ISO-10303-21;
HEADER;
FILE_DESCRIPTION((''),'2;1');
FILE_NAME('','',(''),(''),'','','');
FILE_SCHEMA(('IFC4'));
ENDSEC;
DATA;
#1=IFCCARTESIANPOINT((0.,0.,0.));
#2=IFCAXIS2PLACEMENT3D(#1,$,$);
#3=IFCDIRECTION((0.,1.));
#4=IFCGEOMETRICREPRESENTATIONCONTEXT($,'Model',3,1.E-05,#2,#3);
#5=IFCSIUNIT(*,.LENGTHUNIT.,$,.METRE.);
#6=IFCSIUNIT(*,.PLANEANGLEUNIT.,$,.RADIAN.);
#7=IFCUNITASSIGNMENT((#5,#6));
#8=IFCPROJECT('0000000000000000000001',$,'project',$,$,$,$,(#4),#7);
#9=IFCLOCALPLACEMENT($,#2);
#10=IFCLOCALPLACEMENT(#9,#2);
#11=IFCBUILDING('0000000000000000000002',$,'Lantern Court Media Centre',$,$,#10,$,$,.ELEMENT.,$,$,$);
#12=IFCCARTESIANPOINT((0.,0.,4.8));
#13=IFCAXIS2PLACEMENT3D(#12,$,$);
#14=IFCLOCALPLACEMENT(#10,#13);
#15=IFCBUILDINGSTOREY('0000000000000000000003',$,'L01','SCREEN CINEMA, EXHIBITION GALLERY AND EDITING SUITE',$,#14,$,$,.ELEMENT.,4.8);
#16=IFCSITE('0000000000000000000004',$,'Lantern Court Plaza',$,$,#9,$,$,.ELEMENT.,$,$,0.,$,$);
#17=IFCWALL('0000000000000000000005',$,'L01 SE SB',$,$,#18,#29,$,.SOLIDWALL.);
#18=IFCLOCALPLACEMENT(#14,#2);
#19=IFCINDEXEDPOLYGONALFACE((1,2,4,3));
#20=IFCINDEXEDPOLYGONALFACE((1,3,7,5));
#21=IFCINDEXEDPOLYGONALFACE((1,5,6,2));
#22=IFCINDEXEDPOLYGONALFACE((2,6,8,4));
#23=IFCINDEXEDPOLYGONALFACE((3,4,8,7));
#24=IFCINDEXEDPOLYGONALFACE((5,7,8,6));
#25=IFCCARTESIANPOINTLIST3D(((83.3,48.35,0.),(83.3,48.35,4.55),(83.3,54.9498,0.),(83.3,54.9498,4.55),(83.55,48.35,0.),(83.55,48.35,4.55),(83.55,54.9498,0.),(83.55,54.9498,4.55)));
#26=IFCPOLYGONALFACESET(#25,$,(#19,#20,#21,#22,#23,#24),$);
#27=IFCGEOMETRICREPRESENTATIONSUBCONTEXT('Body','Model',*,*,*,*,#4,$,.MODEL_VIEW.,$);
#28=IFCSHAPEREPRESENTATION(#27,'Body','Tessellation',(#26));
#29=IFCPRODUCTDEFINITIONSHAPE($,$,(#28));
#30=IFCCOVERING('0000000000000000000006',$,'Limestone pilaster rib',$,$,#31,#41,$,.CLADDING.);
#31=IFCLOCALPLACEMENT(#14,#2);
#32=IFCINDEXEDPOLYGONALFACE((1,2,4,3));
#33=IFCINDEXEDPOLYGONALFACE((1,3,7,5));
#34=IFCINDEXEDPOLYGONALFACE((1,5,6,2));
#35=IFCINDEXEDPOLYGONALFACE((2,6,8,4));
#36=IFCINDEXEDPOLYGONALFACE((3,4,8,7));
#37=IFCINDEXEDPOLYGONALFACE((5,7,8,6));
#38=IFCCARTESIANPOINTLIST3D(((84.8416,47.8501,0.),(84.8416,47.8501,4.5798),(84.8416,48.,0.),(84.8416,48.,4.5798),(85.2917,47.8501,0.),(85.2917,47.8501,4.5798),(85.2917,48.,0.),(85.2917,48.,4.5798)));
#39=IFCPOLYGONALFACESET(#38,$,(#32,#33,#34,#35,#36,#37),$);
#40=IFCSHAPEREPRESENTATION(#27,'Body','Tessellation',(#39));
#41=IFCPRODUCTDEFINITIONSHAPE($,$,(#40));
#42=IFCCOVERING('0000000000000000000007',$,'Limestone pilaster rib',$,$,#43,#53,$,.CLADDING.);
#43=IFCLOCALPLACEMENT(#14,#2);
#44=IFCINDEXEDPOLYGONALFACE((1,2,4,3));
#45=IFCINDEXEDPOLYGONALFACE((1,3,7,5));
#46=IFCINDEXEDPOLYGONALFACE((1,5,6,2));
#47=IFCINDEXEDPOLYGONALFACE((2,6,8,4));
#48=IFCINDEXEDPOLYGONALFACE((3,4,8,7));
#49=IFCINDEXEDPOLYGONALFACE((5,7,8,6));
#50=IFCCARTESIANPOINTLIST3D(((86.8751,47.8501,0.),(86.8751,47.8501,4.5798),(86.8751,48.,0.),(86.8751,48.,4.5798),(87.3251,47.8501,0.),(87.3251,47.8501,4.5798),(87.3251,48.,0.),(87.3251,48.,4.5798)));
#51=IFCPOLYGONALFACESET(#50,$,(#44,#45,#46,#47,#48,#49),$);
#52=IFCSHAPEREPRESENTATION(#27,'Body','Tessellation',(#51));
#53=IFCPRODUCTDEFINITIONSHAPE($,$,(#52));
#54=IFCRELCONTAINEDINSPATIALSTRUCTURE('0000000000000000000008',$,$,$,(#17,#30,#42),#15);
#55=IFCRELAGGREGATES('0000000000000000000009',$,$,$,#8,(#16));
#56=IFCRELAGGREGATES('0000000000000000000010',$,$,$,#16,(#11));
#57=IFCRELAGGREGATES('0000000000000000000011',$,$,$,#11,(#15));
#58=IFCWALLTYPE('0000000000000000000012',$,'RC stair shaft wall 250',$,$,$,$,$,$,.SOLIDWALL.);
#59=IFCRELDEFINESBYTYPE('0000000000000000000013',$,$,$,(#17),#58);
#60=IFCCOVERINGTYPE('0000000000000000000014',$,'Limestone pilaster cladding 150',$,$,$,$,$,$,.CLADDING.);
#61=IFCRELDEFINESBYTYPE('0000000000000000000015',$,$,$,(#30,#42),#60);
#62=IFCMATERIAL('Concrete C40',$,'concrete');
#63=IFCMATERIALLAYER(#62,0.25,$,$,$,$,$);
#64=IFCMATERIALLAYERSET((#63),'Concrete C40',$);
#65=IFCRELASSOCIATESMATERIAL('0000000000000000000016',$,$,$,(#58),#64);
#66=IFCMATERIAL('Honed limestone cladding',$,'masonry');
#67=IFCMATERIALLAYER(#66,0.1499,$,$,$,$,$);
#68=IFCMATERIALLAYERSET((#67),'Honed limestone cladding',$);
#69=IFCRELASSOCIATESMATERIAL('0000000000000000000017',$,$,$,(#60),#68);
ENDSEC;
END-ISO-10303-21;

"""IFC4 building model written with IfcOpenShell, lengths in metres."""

from ifc_helpers import new_model, si_unit, direction, frame, frame_2d, origin, place, context, subcontext, project, spatial, rectangle, extrude, material, layer, layer_set, type_object, element, save


model = new_model("IFC4")

# Units and contexts
model_context = context("Model", 3, precision=1e-05, world=origin(), true_north=direction((0.0, 1.0)))
body_context = subcontext(model_context, "Body", "Model", "MODEL_VIEW")
ifc_project = project(units=[si_unit("LENGTHUNIT", "METRE"), si_unit("PLANEANGLEUNIT", "RADIAN")], contexts=[model_context])

# Site, building, storey
site_placement = place(None, origin())
site = spatial("IfcSite", under=ifc_project, at=site_placement, Name="Lantern Court Plaza", CompositionType="ELEMENT", RefElevation=0.0)
building_placement = place(site_placement, origin())
building = spatial("IfcBuilding", under=site, at=building_placement, Name="Lantern Court Media Centre", CompositionType="ELEMENT")
storey_placement = place(building_placement, frame((0.0, 0.0, 4.8)))
storey = spatial("IfcBuildingStorey", under=building, at=storey_placement, Name="L01", Description="SCREEN CINEMA, EXHIBITION GALLERY AND EDITING SUITE", CompositionType="ELEMENT", Elevation=4.8)

# Shared definitions
ifc_material_1 = material(Name="Concrete C40", Category="concrete")

# Wall
ifc_layer_1 = layer(ifc_material_1, 0.25)
ifc_layer_set_1 = layer_set([ifc_layer_1], Name="Concrete C40")
wall_type_1 = type_object("IfcWallType", Name="RC stair shaft wall 250", PredefinedType="SOLIDWALL", material=ifc_layer_set_1)
for number, where, z_axis, x_axis, name in (
    (1, (83.425, 48.3501, 0.0), (0.0, 0.0, 1.0), (0.0, 1.0, 0.0), "L01 SE SB"),
):
    element("IfcWall", number, at=place(storey_placement, frame(where, z_axis=z_axis, x_axis=x_axis)), inside=storey, type_object=wall_type_1, Name=name, PredefinedType="SOLIDWALL", context=body_context, shape_type="SweptSolid", body=[
        extrude(rectangle(XDim=6.5999, YDim=0.25, at=frame_2d((3.2998, 0.0))), origin(), (0.0, 0.0, 1.0), 4.55),
    ])

# Coverings
ifc_material_2 = material(Name="Honed limestone cladding", Category="masonry")
ifc_layer_2 = layer(ifc_material_2, 0.1499)
ifc_layer_set_2 = layer_set([ifc_layer_2], Name="Honed limestone cladding")
covering_type = type_object("IfcCoveringType", Name="Limestone pilaster cladding 150", PredefinedType="CLADDING", material=ifc_layer_set_2)
covering_1_placement = place(storey_placement, frame((84.8416, 47.925, 0.0), z_axis=(0.0, 0.0, 1.0), x_axis=(1.0, 0.0, 0.0)))
element("IfcCovering", 2, at=covering_1_placement, inside=storey, type_object=covering_type, Name="Limestone pilaster rib", PredefinedType="CLADDING", context=body_context, shape_type="SweptSolid", body=[
    extrude(rectangle(XDim=0.4502, YDim=0.1499, at=frame_2d((0.2251, 0.0))), origin(), (0.0, 0.0, 1.0), 4.5798),
])
covering_2_placement = place(storey_placement, frame((86.875, 47.925, 0.0), z_axis=(0.0, 0.0, 1.0), x_axis=(1.0, 0.0, 0.0)))
element("IfcCovering", 3, at=covering_2_placement, inside=storey, type_object=covering_type, Name="Limestone pilaster rib", PredefinedType="CLADDING", context=body_context, shape_type="SweptSolid", body=[
    extrude(rectangle(XDim=0.45, YDim=0.1499, at=frame_2d((0.2251, 0.0))), origin(), (0.0, 0.0, 1.0), 4.5798),
])

save(model, "model.ifc")
